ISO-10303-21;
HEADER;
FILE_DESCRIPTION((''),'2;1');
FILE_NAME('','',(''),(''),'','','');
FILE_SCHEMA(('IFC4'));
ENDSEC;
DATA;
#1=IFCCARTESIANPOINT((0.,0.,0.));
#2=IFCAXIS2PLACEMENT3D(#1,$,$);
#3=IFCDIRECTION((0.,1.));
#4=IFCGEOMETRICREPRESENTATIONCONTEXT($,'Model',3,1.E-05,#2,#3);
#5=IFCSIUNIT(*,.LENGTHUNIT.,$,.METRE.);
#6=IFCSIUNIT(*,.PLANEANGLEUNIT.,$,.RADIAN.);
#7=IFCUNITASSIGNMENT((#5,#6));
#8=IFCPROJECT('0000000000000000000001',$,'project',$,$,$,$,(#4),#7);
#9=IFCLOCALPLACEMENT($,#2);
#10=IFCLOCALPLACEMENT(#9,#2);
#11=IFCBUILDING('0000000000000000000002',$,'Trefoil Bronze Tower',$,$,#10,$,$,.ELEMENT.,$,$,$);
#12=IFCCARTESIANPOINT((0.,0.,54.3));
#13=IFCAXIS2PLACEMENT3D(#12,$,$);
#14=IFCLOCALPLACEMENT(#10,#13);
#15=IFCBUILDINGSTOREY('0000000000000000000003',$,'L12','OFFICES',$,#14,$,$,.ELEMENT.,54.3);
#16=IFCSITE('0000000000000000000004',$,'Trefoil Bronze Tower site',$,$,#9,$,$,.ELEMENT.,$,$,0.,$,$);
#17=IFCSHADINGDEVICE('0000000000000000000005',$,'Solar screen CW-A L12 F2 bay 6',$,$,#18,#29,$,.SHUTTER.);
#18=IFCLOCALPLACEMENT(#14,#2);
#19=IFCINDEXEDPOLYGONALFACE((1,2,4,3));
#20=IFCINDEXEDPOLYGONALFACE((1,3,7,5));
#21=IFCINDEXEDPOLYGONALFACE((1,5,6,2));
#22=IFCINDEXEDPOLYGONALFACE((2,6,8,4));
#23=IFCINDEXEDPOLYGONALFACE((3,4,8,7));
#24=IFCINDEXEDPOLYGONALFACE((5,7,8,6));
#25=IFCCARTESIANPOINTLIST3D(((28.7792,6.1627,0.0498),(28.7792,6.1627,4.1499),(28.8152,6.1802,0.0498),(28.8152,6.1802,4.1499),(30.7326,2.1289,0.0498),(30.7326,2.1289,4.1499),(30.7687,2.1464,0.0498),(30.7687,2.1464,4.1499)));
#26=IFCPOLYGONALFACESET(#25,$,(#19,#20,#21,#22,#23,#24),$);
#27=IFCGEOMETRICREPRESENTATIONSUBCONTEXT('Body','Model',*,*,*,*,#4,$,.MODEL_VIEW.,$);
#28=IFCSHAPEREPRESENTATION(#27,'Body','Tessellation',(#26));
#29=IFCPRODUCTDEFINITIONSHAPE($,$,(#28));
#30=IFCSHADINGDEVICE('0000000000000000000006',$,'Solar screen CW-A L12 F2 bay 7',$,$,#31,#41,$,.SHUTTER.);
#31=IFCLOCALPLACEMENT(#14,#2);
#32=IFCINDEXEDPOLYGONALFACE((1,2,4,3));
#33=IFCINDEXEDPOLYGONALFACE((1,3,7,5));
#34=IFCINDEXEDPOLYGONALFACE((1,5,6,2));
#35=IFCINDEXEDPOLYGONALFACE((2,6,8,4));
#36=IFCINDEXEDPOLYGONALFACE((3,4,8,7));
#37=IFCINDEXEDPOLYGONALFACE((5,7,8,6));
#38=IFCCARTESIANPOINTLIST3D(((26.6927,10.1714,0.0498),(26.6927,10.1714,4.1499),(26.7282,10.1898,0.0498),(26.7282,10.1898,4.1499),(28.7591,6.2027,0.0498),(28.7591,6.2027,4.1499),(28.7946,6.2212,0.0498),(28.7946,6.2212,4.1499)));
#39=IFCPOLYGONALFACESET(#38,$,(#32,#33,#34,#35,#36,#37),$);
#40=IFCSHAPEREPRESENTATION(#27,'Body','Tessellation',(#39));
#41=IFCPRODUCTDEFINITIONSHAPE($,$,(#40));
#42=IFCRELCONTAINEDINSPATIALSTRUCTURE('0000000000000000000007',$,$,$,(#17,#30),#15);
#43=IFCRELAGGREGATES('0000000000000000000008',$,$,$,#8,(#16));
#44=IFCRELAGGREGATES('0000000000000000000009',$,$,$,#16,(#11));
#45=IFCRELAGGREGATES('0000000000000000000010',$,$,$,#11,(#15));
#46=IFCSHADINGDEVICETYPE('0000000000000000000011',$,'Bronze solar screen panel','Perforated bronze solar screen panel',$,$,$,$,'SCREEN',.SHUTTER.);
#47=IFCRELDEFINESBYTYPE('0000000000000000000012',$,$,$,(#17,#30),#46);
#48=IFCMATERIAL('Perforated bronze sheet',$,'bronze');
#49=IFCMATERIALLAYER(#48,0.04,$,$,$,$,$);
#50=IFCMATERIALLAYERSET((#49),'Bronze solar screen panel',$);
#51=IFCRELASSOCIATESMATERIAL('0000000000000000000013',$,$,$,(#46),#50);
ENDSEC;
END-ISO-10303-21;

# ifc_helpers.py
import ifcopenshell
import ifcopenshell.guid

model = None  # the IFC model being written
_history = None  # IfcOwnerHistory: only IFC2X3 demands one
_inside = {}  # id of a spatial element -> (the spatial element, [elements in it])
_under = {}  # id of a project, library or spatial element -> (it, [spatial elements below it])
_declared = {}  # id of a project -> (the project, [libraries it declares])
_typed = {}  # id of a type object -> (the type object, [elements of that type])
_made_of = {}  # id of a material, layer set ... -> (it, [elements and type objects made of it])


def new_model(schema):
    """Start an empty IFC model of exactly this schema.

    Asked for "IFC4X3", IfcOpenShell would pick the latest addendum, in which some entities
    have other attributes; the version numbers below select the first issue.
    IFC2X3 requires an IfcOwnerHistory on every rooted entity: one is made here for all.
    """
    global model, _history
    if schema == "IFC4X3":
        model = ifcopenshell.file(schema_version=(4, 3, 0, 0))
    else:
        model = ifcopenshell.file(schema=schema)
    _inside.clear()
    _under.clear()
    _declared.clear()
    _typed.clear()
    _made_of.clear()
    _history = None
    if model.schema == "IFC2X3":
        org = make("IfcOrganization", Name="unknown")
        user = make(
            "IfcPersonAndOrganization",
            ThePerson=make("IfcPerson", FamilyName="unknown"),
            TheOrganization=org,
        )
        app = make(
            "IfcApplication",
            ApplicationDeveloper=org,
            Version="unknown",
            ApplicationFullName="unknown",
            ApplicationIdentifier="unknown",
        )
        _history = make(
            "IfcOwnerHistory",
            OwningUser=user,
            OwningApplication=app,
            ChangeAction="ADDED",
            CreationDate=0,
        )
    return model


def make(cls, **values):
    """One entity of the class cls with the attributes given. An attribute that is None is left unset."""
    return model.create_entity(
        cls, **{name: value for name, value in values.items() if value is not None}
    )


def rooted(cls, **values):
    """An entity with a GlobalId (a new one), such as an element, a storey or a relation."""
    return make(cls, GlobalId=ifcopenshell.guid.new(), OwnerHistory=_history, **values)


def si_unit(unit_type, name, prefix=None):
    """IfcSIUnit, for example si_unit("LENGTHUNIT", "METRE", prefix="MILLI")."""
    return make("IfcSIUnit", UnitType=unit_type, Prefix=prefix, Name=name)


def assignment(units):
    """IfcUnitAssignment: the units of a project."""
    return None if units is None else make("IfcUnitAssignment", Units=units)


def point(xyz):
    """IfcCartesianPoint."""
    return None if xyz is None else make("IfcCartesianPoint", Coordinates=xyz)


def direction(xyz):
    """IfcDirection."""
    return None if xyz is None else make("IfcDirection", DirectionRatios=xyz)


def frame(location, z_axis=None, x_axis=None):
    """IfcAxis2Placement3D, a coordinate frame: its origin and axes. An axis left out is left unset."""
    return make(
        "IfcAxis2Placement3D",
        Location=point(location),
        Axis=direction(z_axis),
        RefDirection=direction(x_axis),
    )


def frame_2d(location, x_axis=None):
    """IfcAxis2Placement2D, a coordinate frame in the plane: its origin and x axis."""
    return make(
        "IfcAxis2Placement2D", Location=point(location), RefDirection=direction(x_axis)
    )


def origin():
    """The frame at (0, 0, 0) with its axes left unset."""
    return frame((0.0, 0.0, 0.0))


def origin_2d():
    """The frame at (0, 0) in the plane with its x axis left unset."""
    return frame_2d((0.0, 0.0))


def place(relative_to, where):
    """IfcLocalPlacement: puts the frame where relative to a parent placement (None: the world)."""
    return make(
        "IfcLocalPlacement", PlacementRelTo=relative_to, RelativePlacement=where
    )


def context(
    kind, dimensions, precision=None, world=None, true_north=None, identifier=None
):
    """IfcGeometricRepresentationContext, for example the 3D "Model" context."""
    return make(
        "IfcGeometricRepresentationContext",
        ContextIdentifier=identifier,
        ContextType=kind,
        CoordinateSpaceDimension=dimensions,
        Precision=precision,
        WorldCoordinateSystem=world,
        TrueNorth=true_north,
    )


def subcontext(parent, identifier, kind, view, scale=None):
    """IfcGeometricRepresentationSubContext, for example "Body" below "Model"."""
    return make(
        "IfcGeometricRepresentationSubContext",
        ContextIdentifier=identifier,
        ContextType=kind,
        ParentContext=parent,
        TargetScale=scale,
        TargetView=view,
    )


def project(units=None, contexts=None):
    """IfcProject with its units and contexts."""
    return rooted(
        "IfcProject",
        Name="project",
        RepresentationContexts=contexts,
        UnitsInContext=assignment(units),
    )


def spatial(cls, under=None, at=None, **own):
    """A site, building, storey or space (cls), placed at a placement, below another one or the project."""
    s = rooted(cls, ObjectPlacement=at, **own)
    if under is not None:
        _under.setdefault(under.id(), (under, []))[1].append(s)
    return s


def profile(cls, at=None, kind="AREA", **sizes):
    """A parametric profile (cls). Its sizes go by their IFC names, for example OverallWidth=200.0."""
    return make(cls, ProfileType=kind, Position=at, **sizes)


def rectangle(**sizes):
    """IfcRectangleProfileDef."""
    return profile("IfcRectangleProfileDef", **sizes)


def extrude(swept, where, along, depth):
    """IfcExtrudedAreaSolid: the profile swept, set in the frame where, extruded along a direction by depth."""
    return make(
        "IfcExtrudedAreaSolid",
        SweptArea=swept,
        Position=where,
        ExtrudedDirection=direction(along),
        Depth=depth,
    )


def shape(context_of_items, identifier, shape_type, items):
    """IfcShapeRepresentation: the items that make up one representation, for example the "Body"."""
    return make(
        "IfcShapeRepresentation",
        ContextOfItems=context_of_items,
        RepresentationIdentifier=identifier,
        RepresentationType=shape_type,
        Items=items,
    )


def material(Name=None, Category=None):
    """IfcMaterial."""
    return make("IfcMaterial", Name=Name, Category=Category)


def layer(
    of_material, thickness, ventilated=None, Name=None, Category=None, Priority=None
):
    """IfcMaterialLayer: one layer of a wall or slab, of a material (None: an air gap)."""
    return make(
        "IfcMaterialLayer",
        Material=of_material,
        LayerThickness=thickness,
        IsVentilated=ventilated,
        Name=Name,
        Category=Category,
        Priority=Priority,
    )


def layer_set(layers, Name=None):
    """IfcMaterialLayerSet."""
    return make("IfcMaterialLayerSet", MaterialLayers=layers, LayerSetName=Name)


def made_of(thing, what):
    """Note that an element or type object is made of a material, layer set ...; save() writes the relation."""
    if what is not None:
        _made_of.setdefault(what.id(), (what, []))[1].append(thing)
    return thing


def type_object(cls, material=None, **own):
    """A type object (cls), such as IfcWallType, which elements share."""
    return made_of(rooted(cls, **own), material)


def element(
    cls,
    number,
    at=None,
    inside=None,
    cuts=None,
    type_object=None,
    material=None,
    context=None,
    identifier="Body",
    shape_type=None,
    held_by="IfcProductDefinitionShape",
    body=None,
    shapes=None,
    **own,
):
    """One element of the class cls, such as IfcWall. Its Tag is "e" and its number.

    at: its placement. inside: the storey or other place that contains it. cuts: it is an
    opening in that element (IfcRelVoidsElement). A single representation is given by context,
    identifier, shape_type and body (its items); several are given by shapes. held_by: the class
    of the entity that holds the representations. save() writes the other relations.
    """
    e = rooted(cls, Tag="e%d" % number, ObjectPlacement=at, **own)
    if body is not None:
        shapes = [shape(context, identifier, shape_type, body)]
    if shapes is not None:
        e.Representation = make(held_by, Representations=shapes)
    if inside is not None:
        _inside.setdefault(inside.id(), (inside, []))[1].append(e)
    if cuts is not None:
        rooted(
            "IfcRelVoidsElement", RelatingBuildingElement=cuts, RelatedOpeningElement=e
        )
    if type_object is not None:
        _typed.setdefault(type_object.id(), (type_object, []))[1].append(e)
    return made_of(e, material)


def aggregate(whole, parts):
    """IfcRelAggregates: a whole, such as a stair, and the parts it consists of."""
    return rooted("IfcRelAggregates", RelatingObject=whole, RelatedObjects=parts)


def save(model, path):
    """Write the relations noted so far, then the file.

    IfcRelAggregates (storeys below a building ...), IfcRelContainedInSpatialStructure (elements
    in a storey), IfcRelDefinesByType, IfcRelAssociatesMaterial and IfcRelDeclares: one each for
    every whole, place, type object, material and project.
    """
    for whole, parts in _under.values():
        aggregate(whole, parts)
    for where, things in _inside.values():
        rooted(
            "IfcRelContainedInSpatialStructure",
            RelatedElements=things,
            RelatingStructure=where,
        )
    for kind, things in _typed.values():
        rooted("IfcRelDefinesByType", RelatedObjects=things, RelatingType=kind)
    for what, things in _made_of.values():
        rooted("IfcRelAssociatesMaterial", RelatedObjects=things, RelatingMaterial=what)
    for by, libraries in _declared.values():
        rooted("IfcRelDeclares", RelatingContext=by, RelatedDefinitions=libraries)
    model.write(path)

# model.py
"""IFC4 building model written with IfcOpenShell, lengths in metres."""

from ifc_helpers import new_model, si_unit, direction, frame, origin, origin_2d, place, context, subcontext, project, spatial, rectangle, extrude, material, layer, layer_set, type_object, element, save


model = new_model("IFC4")

# Units and contexts
model_context = context("Model", 3, precision=1e-05, world=origin(), true_north=direction((0.0, 1.0)))
body_context = subcontext(model_context, "Body", "Model", "MODEL_VIEW")
ifc_project = project(units=[si_unit("LENGTHUNIT", "METRE"), si_unit("PLANEANGLEUNIT", "RADIAN")], contexts=[model_context])

# Site, building, storey
site_placement = place(None, origin())
site = spatial("IfcSite", under=ifc_project, at=site_placement, Name="Trefoil Bronze Tower site", CompositionType="ELEMENT", RefElevation=0.0)
building_placement = place(site_placement, origin())
building = spatial("IfcBuilding", under=site, at=building_placement, Name="Trefoil Bronze Tower", CompositionType="ELEMENT")
storey_placement = place(building_placement, frame((0.0, 0.0, 54.3)))
storey = spatial("IfcBuildingStorey", under=building, at=storey_placement, Name="L12", Description="OFFICES", CompositionType="ELEMENT", Elevation=54.3)

# Shading devices
ifc_material_1 = material(Name="Perforated bronze sheet", Category="bronze")
ifc_layer_1 = layer(ifc_material_1, 0.04)
ifc_layer_set_1 = layer_set([ifc_layer_1], Name="Bronze solar screen panel")
shading_device_type = type_object("IfcShadingDeviceType", Name="Bronze solar screen panel", Description="Perforated bronze solar screen panel", ElementType="SCREEN", PredefinedType="SHUTTER", material=ifc_layer_set_1)
shading_device_1_placement = place(storey_placement, frame((29.7739, 4.1545, 0.0498), z_axis=(0.0, 0.0, 1.0), x_axis=(-0.435855, 0.900017, 0.0)))
element("IfcShadingDevice", 1, at=shading_device_1_placement, inside=storey, type_object=shading_device_type, Name="Solar screen CW-A L12 F2 bay 6", PredefinedType="SHUTTER", context=body_context, shape_type="SweptSolid", body=[
    extrude(rectangle(XDim=4.4819, YDim=0.04, at=origin_2d()), origin(), (0.0, 0.0, 1.0), 4.1001),
])
shading_device_2_placement = place(storey_placement, frame((27.7437, 8.1963, 0.0498), z_axis=(0.0, 0.0, 1.0), x_axis=(-0.46183, 0.886969, 0.0)))
element("IfcShadingDevice", 2, at=shading_device_2_placement, inside=storey, type_object=shading_device_type, Name="Solar screen CW-A L12 F2 bay 7", PredefinedType="SHUTTER", context=body_context, shape_type="SweptSolid", body=[
    extrude(rectangle(XDim=4.4744, YDim=0.04, at=origin_2d()), origin(), (0.0, 0.0, 1.0), 4.1001),
])

save(model, "model.ifc")
